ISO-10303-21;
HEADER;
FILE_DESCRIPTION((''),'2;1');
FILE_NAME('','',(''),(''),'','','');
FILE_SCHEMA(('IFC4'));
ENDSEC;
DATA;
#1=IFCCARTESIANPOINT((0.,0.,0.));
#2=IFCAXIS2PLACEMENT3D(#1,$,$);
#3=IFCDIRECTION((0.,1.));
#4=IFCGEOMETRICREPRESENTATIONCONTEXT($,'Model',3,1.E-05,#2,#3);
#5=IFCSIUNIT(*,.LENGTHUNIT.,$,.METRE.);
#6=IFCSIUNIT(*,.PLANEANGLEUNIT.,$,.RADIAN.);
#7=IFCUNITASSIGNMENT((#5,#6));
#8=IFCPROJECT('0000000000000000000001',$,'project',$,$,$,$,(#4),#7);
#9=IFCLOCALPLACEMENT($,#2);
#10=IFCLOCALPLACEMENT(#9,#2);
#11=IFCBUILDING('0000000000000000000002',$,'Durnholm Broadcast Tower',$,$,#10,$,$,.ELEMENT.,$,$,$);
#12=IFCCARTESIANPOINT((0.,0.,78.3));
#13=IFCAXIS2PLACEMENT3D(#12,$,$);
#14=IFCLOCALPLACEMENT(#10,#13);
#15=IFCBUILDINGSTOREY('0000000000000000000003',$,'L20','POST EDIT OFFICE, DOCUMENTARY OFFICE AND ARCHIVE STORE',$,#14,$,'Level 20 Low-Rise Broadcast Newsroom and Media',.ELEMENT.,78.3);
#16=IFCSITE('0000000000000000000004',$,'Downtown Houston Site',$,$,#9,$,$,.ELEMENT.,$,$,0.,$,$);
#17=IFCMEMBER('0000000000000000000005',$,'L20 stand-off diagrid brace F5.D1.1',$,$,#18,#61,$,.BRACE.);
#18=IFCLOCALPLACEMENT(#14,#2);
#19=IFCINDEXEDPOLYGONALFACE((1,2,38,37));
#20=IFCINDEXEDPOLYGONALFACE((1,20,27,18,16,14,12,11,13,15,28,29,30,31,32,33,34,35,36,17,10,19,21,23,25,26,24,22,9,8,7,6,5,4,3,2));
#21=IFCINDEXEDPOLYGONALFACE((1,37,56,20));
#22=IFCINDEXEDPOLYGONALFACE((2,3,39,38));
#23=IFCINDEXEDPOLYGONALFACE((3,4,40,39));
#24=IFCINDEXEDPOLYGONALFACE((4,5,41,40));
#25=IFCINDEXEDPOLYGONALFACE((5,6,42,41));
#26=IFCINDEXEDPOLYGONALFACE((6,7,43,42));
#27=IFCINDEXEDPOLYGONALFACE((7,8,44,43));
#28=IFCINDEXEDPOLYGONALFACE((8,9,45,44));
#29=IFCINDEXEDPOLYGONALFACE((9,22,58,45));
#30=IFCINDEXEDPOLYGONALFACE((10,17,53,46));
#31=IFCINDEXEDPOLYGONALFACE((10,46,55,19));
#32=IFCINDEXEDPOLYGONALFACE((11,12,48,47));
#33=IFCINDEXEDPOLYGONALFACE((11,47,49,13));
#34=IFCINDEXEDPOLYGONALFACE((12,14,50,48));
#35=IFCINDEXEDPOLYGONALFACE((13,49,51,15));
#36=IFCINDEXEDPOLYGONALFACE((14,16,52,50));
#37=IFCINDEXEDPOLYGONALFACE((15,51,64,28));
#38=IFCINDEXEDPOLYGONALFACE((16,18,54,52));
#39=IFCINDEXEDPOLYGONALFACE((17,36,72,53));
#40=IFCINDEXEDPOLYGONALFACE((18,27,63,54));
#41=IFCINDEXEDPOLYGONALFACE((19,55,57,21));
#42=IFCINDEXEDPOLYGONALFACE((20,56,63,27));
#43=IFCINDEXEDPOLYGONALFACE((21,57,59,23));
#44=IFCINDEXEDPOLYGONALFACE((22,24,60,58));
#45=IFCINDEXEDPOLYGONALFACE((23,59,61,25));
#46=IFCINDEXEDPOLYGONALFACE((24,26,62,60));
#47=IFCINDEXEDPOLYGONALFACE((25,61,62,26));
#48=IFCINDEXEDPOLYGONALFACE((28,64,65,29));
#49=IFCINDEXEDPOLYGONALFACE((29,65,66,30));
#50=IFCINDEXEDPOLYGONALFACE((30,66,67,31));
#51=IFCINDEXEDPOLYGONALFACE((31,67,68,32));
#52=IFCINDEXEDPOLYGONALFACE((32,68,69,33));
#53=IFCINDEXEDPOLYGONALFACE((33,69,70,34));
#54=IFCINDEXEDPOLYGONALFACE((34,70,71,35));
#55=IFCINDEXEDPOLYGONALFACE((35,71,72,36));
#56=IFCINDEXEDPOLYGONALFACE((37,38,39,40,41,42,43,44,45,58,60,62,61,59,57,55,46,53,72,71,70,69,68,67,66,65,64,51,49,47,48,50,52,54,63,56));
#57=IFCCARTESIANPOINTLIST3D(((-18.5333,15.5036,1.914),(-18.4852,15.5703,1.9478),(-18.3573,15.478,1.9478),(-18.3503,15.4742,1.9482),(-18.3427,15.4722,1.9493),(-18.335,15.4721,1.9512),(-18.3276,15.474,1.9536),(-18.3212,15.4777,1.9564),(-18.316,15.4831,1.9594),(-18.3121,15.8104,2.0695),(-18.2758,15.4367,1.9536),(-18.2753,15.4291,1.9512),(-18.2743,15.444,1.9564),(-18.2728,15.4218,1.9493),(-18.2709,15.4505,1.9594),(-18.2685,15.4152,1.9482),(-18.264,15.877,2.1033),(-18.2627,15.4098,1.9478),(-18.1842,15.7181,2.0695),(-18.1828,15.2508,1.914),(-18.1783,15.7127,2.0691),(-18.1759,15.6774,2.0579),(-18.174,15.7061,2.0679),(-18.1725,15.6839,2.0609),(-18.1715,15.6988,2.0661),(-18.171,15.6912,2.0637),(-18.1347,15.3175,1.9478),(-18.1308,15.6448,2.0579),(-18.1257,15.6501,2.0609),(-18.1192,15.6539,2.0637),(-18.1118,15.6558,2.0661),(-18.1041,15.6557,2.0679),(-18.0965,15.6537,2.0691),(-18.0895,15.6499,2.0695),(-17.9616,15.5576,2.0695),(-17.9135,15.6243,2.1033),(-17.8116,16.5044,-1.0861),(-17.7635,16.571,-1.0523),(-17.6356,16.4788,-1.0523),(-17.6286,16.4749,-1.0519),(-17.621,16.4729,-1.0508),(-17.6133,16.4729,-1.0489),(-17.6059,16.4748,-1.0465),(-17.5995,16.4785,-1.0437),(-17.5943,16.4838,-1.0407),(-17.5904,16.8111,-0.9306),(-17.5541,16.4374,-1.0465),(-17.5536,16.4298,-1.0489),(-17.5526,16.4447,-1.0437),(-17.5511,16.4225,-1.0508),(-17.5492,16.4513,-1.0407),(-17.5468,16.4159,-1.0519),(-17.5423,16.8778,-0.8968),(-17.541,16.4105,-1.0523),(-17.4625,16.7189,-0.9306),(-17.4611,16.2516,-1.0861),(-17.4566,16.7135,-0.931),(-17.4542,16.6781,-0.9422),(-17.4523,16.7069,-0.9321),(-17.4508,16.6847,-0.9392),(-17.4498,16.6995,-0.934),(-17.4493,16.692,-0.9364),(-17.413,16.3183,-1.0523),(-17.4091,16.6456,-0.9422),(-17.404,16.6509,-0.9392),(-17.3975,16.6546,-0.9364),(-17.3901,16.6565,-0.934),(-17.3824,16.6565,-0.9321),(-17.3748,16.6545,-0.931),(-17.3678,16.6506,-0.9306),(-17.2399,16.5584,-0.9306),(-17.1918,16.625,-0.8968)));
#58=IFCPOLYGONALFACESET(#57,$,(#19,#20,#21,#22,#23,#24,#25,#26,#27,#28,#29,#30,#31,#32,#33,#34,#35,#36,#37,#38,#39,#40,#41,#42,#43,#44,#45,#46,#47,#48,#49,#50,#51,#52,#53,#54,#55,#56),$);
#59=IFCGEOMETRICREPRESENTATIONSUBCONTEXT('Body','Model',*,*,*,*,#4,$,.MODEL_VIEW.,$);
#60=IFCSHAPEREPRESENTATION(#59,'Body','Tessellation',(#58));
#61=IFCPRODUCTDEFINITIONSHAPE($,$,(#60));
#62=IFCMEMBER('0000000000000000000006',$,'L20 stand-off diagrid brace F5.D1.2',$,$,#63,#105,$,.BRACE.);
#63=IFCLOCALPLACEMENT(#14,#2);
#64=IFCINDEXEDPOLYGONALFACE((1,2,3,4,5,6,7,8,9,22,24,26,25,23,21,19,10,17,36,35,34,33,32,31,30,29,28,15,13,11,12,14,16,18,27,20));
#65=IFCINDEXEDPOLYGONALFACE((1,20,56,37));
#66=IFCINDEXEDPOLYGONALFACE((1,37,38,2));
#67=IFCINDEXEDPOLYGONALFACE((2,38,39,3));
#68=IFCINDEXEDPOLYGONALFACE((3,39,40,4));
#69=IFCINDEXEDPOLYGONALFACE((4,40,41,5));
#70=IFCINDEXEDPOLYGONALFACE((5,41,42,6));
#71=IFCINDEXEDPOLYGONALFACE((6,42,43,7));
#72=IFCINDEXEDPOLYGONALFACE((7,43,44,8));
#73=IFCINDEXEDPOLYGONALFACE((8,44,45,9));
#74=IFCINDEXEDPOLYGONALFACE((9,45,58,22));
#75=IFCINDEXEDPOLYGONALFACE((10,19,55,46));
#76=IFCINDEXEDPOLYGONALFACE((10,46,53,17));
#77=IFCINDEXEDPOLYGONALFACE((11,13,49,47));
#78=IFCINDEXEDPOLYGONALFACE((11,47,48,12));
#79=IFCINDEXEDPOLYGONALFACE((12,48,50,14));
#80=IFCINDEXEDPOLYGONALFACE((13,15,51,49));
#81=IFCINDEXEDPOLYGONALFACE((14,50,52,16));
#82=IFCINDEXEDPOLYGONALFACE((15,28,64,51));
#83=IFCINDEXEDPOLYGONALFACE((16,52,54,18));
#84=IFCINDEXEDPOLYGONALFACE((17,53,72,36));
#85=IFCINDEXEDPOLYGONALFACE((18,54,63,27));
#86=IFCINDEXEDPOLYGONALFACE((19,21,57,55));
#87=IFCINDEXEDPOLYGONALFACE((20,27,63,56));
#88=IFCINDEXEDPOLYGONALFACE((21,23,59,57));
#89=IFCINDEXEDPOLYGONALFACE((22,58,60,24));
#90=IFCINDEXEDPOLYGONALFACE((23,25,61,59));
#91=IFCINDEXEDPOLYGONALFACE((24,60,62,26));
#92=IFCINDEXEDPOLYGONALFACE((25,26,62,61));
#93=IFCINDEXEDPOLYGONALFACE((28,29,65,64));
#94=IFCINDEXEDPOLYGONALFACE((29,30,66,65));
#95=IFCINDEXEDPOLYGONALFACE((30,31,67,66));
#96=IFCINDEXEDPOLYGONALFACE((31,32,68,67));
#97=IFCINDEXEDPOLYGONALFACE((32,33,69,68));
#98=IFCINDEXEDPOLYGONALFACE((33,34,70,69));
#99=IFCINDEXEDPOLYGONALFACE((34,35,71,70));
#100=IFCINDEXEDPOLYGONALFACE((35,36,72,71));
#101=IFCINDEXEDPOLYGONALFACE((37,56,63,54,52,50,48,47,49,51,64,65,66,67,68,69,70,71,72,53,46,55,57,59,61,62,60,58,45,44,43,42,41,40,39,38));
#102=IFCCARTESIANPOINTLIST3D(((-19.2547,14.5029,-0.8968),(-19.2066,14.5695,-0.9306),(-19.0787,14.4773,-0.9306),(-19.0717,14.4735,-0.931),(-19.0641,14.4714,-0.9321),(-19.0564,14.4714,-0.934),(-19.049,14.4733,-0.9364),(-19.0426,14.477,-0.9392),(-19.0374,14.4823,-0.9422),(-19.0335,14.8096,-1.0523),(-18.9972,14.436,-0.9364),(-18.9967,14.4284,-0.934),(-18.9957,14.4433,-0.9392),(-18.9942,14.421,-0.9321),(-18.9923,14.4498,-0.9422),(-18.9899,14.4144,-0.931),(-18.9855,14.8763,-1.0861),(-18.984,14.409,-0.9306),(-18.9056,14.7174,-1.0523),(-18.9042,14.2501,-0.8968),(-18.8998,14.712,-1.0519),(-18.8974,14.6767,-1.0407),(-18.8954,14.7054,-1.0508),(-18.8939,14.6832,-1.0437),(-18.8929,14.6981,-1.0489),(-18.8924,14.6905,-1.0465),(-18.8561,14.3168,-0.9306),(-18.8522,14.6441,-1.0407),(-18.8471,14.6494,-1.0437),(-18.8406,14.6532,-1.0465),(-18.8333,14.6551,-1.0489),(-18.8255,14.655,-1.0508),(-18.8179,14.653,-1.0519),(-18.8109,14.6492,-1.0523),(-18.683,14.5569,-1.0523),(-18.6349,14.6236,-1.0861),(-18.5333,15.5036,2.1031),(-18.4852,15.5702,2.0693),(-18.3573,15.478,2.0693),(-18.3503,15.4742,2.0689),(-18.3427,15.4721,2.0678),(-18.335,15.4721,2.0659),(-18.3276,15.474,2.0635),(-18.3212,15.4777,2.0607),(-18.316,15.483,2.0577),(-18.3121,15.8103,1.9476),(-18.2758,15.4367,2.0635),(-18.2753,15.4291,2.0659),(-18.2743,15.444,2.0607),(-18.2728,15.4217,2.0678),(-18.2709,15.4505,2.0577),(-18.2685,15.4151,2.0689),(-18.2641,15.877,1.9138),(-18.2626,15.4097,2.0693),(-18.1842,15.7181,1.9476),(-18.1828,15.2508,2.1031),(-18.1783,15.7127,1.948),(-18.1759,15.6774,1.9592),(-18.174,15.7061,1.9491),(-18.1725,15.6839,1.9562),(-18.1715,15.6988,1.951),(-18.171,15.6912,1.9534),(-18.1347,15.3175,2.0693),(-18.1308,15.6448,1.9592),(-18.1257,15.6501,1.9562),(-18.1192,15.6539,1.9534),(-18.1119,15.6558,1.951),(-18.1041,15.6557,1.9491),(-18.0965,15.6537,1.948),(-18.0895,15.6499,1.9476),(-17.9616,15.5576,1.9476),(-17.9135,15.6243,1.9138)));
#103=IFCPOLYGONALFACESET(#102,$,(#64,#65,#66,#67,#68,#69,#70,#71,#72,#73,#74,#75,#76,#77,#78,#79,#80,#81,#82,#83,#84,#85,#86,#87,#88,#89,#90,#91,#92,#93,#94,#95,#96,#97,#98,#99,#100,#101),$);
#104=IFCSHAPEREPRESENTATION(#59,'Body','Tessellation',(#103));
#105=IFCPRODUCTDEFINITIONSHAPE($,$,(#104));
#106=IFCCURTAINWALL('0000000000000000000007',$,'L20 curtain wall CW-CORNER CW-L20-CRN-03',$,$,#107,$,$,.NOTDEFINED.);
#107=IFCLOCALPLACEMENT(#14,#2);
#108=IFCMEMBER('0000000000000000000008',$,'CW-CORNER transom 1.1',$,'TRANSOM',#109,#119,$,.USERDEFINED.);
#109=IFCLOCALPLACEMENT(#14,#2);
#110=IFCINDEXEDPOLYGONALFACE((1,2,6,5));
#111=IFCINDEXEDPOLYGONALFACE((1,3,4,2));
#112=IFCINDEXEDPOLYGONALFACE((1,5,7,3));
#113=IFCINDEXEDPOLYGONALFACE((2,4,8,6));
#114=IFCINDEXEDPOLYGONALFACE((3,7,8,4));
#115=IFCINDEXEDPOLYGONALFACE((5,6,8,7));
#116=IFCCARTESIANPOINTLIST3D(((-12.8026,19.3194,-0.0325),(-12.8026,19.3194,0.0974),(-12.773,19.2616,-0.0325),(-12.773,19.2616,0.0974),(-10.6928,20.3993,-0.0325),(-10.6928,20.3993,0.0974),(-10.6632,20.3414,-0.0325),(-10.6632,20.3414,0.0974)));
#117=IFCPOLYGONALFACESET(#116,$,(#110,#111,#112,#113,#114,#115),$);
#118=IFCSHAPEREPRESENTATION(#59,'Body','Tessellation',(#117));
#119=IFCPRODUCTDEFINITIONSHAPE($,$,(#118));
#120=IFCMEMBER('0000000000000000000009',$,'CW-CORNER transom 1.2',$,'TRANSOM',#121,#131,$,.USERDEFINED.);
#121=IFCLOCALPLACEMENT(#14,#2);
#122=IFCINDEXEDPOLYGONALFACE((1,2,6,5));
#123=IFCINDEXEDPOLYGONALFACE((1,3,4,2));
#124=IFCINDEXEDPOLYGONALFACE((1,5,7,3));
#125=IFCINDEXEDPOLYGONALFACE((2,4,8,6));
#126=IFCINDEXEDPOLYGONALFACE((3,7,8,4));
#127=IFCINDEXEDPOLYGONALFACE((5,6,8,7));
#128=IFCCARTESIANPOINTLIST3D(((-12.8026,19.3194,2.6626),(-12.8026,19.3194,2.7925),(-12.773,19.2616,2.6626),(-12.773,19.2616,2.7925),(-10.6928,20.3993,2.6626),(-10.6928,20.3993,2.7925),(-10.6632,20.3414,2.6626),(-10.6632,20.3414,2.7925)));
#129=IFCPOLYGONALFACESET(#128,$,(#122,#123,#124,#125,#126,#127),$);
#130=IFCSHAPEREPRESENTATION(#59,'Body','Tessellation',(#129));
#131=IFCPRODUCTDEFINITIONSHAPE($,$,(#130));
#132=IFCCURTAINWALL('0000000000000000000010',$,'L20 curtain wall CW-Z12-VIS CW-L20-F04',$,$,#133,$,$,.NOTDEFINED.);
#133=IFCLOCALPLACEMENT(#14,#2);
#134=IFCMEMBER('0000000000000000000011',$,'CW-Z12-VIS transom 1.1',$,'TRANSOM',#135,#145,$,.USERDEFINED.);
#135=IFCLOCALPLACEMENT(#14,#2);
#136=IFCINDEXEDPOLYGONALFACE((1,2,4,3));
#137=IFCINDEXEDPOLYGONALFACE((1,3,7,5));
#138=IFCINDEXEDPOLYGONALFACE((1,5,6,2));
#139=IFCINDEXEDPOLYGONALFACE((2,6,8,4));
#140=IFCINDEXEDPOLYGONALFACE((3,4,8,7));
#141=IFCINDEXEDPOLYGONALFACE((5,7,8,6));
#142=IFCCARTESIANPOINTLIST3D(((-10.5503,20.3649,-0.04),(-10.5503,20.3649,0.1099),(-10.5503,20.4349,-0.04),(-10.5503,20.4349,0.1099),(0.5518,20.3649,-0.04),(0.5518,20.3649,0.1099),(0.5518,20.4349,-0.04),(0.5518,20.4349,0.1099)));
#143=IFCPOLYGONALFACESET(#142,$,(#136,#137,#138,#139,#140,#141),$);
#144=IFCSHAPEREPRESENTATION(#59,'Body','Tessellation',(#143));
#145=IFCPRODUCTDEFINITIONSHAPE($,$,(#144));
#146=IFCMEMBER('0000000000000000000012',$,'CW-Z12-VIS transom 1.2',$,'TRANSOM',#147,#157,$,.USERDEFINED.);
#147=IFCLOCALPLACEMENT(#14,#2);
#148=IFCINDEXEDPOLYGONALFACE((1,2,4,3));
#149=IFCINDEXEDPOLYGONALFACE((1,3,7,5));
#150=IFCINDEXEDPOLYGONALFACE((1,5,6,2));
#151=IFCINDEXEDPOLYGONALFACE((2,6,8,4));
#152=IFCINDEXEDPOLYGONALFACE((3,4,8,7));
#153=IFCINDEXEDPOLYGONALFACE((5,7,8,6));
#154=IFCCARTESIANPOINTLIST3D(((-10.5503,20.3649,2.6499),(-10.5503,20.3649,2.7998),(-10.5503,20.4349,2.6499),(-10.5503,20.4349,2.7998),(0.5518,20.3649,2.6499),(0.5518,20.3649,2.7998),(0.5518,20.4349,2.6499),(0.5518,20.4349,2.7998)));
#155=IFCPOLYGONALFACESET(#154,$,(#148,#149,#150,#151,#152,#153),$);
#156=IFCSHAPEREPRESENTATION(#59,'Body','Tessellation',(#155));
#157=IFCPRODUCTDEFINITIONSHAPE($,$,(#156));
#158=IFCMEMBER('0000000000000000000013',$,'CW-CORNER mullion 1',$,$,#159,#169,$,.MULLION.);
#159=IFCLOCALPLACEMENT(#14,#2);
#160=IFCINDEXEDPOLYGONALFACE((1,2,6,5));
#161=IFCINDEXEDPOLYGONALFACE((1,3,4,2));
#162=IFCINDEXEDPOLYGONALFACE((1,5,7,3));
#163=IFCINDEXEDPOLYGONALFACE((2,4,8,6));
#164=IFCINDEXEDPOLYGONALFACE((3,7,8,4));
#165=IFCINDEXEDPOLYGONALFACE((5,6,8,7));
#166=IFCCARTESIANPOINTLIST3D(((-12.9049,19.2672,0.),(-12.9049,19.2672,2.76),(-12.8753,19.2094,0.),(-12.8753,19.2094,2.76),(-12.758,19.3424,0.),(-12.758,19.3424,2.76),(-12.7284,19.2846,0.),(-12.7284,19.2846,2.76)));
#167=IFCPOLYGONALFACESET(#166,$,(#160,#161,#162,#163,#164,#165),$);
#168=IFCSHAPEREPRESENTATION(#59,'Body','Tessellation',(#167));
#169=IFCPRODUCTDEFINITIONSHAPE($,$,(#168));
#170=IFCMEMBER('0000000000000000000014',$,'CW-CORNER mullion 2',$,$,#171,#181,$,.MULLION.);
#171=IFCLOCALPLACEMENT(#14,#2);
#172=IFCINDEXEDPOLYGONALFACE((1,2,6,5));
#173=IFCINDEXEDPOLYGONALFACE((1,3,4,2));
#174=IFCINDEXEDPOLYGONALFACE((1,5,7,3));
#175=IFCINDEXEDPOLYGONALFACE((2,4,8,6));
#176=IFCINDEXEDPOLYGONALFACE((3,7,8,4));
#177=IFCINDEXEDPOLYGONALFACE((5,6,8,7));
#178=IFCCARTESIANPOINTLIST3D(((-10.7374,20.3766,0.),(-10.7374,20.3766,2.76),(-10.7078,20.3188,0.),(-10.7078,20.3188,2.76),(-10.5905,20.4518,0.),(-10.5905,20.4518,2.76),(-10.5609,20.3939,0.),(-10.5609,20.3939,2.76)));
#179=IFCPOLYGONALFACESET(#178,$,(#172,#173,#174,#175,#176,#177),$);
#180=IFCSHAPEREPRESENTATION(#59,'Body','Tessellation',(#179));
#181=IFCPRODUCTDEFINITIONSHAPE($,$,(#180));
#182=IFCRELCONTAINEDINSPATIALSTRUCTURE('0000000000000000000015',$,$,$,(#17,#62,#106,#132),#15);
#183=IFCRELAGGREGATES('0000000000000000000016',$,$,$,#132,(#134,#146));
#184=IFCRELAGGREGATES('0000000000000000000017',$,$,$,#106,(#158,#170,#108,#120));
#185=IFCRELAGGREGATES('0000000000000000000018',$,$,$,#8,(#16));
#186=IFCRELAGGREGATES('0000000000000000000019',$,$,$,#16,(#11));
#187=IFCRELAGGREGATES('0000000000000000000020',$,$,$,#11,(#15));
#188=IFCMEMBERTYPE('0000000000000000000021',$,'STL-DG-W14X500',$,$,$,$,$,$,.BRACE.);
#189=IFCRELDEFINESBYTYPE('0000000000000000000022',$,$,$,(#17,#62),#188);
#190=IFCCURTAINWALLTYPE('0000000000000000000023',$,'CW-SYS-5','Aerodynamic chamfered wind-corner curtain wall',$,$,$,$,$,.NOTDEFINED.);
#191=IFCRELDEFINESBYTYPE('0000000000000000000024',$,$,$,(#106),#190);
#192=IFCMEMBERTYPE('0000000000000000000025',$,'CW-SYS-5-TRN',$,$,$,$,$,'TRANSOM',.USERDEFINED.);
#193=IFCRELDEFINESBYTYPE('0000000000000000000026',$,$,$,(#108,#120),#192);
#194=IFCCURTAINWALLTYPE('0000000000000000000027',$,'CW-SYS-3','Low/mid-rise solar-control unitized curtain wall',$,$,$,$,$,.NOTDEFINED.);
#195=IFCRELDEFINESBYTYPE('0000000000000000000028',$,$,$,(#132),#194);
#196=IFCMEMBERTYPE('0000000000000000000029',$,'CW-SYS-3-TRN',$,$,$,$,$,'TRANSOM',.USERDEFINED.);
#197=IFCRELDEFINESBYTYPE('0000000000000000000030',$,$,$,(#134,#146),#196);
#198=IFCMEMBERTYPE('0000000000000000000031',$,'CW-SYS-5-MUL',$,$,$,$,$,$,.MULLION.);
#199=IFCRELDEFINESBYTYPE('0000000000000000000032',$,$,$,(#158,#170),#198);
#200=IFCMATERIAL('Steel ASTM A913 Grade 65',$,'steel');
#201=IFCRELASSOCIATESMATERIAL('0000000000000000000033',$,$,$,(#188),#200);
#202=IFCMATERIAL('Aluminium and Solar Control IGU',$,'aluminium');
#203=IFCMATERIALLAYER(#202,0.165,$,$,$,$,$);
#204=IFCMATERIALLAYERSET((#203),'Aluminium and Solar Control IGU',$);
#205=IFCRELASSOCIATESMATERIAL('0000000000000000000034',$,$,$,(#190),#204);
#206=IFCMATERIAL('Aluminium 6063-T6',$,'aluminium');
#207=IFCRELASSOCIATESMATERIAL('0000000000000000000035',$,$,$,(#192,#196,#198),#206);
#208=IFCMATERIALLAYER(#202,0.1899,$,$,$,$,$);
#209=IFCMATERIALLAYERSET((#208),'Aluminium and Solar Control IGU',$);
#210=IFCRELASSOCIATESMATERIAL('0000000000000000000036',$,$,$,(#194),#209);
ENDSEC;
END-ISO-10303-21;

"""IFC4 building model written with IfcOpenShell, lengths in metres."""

from ifc_helpers import new_model, si_unit, direction, frame, origin, origin_2d, place, context, subcontext, project, spatial, rectangle, i_section, extrude, source, transform, mapped, material, layer, layer_set, material_profile, profile_set, type_object, type_shapes, element, aggregate, save


model = new_model("IFC4")

# Units and contexts
model_context = context("Model", 3, precision=1e-05, world=origin(), true_north=direction((0.0, 1.0)))
body_context = subcontext(model_context, "Body", "Model", "MODEL_VIEW")
ifc_project = project(units=[si_unit("LENGTHUNIT", "METRE"), si_unit("PLANEANGLEUNIT", "RADIAN")], contexts=[model_context])

# Site, building, storey
site_placement = place(None, origin())
site = spatial("IfcSite", under=ifc_project, at=site_placement, Name="Downtown Houston Site", CompositionType="ELEMENT", RefElevation=0.0)
building_placement = place(site_placement, origin())
building = spatial("IfcBuilding", under=site, at=building_placement, Name="Durnholm Broadcast Tower", CompositionType="ELEMENT")
storey_placement = place(building_placement, frame((0.0, 0.0, 78.3)))
storey = spatial("IfcBuildingStorey", under=building, at=storey_placement, Name="L20", Description="POST EDIT OFFICE, DOCUMENTARY OFFICE AND ARCHIVE STORE", LongName="Level 20 Low-Rise Broadcast Newsroom and Media", CompositionType="ELEMENT", Elevation=78.3)

# Members
ifc_material_1 = material(Name="Steel ASTM A913 Grade 65", Category="steel")
ifc_material_profile_1 = material_profile(ifc_material_1, i_section(OverallWidth=0.4321, OverallDepth=0.4978, WebThickness=0.0557, FlangeThickness=0.0889, FilletRadius=0.0305, at=origin_2d()), Name="W14X500")
ifc_profile_set_1 = profile_set([ifc_material_profile_1], Name="Steel ASTM A913 Grade 65")
member_type_1 = type_object("IfcMemberType", Name="STL-DG-W14X500", PredefinedType="BRACE", material=ifc_profile_set_1)
shared_shape_1 = source(origin(), body_context, "Body", "SweptSolid", [
    extrude(i_section(OverallWidth=0.4321, OverallDepth=0.4978, WebThickness=0.0557, FlangeThickness=0.0889, FilletRadius=0.0305, at=origin_2d()), origin(), (0.0, 0.0, 1.0), 3.2439),
])
member_1_placement = place(storey_placement, frame((-17.5017, 16.5647, -0.9915), z_axis=(-0.222479, -0.308505, 0.924839), x_axis=(0.811091, -0.58492, 0.0)))
element("IfcMember", 1, at=member_1_placement, inside=storey, type_object=member_type_1, Name="L20 stand-off diagrid brace F5.D1.1", PredefinedType="BRACE", context=body_context, shape_type="MappedRepresentation", body=[
    mapped(shared_shape_1, transform((0.0, 0.0, 0.0), x_axis=(1.0, 0.0, 0.0), y_axis=(0.0, 1.0, 0.0), z_axis=(0.0, 0.0, 1.0), scale=1.0)),
])
shared_shape_2 = source(origin(), body_context, "Body", "SweptSolid", [
    extrude(i_section(OverallWidth=0.4321, OverallDepth=0.4978, WebThickness=0.0557, FlangeThickness=0.0889, FilletRadius=0.0305, at=origin_2d()), origin(), (0.0, 0.0, 1.0), 3.2437),
])
type_shapes(member_type_1, [shared_shape_1, shared_shape_2])
member_2_placement = place(storey_placement, frame((-18.9448, 14.5632, -0.9915), z_axis=(0.222408, 0.308511, 0.924855), x_axis=(-0.811185, 0.584789, 0.0)))
element("IfcMember", 2, at=member_2_placement, inside=storey, type_object=member_type_1, Name="L20 stand-off diagrid brace F5.D1.2", PredefinedType="BRACE", context=body_context, shape_type="MappedRepresentation", body=[
    mapped(shared_shape_2, transform((0.0, 0.0, 0.0), x_axis=(1.0, 0.0, 0.0), y_axis=(0.0, 1.0, 0.0), z_axis=(0.0, 0.0, 1.0), scale=1.0)),
])

# Curtain walls, members
ifc_material_2 = material(Name="Aluminium and Solar Control IGU", Category="aluminium")
ifc_layer_1 = layer(ifc_material_2, 0.165)
ifc_layer_set_1 = layer_set([ifc_layer_1], Name="Aluminium and Solar Control IGU")
curtain_wall_type_1 = type_object("IfcCurtainWallType", Name="CW-SYS-5", Description="Aerodynamic chamfered wind-corner curtain wall", PredefinedType="NOTDEFINED", material=ifc_layer_set_1)
curtain_wall_1_placement = place(storey_placement, origin())
curtain_wall_1 = element("IfcCurtainWall", 3, at=curtain_wall_1_placement, inside=storey, type_object=curtain_wall_type_1, Name="L20 curtain wall CW-CORNER CW-L20-CRN-03", PredefinedType="NOTDEFINED")
ifc_material_3 = material(Name="Aluminium 6063-T6", Category="aluminium")
ifc_material_profile_2 = material_profile(ifc_material_3, rectangle(XDim=0.0649, YDim=0.1299, at=origin_2d()), Name="CWT65X130")
ifc_profile_set_2 = profile_set([ifc_material_profile_2], Name="Aluminium 6063-T6")
member_type_2 = type_object("IfcMemberType", Name="CW-SYS-5-TRN", ElementType="TRANSOM", PredefinedType="USERDEFINED", material=ifc_profile_set_2)
shared_shape_3 = source(origin(), body_context, "Body", "SweptSolid", [
    extrude(rectangle(XDim=0.0649, YDim=0.1299, at=origin_2d()), origin(), (0.0, 0.0, 1.0), 2.3701),
])
type_shapes(member_type_2, [shared_shape_3])
member_3_placement = place(storey_placement, frame((-12.7878, 19.2905, 0.0325), z_axis=(0.890185, 0.455599, 0.0), x_axis=(-0.455599, 0.890185, 0.0)))
member_3 = element("IfcMember", 4, at=member_3_placement, type_object=member_type_2, Name="CW-CORNER transom 1.1", ObjectType="TRANSOM", PredefinedType="USERDEFINED", context=body_context, shape_type="MappedRepresentation", body=[
    mapped(shared_shape_3, transform((0.0, 0.0, 0.0), x_axis=(1.0, 0.0, 0.0), y_axis=(0.0, 1.0, 0.0), z_axis=(0.0, 0.0, 1.0), scale=1.0)),
])
member_4_placement = place(storey_placement, frame((-12.7878, 19.2905, 2.7275), z_axis=(0.890185, 0.455599, 0.0), x_axis=(-0.455599, 0.890185, 0.0)))
member_4 = element("IfcMember", 5, at=member_4_placement, type_object=member_type_2, Name="CW-CORNER transom 1.2", ObjectType="TRANSOM", PredefinedType="USERDEFINED", context=body_context, shape_type="MappedRepresentation", body=[
    mapped(shared_shape_3, transform((0.0, 0.0, 0.0), x_axis=(1.0, 0.0, 0.0), y_axis=(0.0, 1.0, 0.0), z_axis=(0.0, 0.0, 1.0), scale=1.0)),
])
ifc_layer_2 = layer(ifc_material_2, 0.1899)
ifc_layer_set_2 = layer_set([ifc_layer_2], Name="Aluminium and Solar Control IGU")
curtain_wall_type_2 = type_object("IfcCurtainWallType", Name="CW-SYS-3", Description="Low/mid-rise solar-control unitized curtain wall", PredefinedType="NOTDEFINED", material=ifc_layer_set_2)
curtain_wall_2_placement = place(storey_placement, origin())
curtain_wall_2 = element("IfcCurtainWall", 6, at=curtain_wall_2_placement, inside=storey, type_object=curtain_wall_type_2, Name="L20 curtain wall CW-Z12-VIS CW-L20-F04", PredefinedType="NOTDEFINED")
ifc_material_profile_3 = material_profile(ifc_material_3, rectangle(XDim=0.0701, YDim=0.1499, at=origin_2d()), Name="CWT70X150")
ifc_profile_set_3 = profile_set([ifc_material_profile_3], Name="Aluminium 6063-T6")
member_type_3 = type_object("IfcMemberType", Name="CW-SYS-3-TRN", ElementType="TRANSOM", PredefinedType="USERDEFINED", material=ifc_profile_set_3)
shared_shape_4 = source(origin(), body_context, "Body", "SweptSolid", [
    extrude(rectangle(XDim=0.0701, YDim=0.1499, at=origin_2d()), origin(), (0.0, 0.0, 1.0), 11.1021),
])
type_shapes(member_type_3, [shared_shape_4])
member_5_placement = place(storey_placement, frame((-10.5503, 20.3999, 0.0349), z_axis=(1.0, 0.0, 0.0), x_axis=(0.0, 1.0, 0.0)))
member_5 = element("IfcMember", 7, at=member_5_placement, type_object=member_type_3, Name="CW-Z12-VIS transom 1.1", ObjectType="TRANSOM", PredefinedType="USERDEFINED", context=body_context, shape_type="MappedRepresentation", body=[
    mapped(shared_shape_4, transform((0.0, 0.0, 0.0), x_axis=(1.0, 0.0, 0.0), y_axis=(0.0, 1.0, 0.0), z_axis=(0.0, 0.0, 1.0), scale=1.0)),
])
member_6_placement = place(storey_placement, frame((-10.5503, 20.3999, 2.7249), z_axis=(1.0, 0.0, 0.0), x_axis=(0.0, 1.0, 0.0)))
member_6 = element("IfcMember", 8, at=member_6_placement, type_object=member_type_3, Name="CW-Z12-VIS transom 1.2", ObjectType="TRANSOM", PredefinedType="USERDEFINED", context=body_context, shape_type="MappedRepresentation", body=[
    mapped(shared_shape_4, transform((0.0, 0.0, 0.0), x_axis=(1.0, 0.0, 0.0), y_axis=(0.0, 1.0, 0.0), z_axis=(0.0, 0.0, 1.0), scale=1.0)),
])

# Members
ifc_material_profile_4 = material_profile(ifc_material_3, rectangle(XDim=0.0649, YDim=0.165, at=origin_2d()), Name="CWM65X165")
ifc_profile_set_4 = profile_set([ifc_material_profile_4], Name="Aluminium 6063-T6")
member_type_4 = type_object("IfcMemberType", Name="CW-SYS-5-MUL", PredefinedType="MULLION", material=ifc_profile_set_4)
shared_shape_5 = source(origin(), body_context, "Body", "SweptSolid", [
    extrude(rectangle(XDim=0.0649, YDim=0.165, at=origin_2d()), origin(), (0.0, 0.0, 1.0), 2.76),
])
type_shapes(member_type_4, [shared_shape_5])
member_7_placement = place(storey_placement, frame((-12.8167, 19.2759, 0.0), z_axis=(0.0, 0.0, 1.0), x_axis=(-0.455594, 0.890188, 0.0)))
member_7 = element("IfcMember", 9, at=member_7_placement, type_object=member_type_4, Name="CW-CORNER mullion 1", PredefinedType="MULLION", context=body_context, shape_type="MappedRepresentation", body=[
    mapped(shared_shape_5, transform((0.0, 0.0, 0.0), x_axis=(1.0, 0.0, 0.0), y_axis=(0.0, 1.0, 0.0), z_axis=(0.0, 0.0, 1.0), scale=1.0)),
])
member_8_placement = place(storey_placement, frame((-10.6492, 20.3853, 0.0), z_axis=(0.0, 0.0, 1.0), x_axis=(-0.455594, 0.890188, 0.0)))
member_8 = element("IfcMember", 10, at=member_8_placement, type_object=member_type_4, Name="CW-CORNER mullion 2", PredefinedType="MULLION", context=body_context, shape_type="MappedRepresentation", body=[
    mapped(shared_shape_5, transform((0.0, 0.0, 0.0), x_axis=(1.0, 0.0, 0.0), y_axis=(0.0, 1.0, 0.0), z_axis=(0.0, 0.0, 1.0), scale=1.0)),
])

aggregate(curtain_wall_2, [member_5, member_6])

aggregate(curtain_wall_1, [member_7, member_8, member_3, member_4])

save(model, "model.ifc")
